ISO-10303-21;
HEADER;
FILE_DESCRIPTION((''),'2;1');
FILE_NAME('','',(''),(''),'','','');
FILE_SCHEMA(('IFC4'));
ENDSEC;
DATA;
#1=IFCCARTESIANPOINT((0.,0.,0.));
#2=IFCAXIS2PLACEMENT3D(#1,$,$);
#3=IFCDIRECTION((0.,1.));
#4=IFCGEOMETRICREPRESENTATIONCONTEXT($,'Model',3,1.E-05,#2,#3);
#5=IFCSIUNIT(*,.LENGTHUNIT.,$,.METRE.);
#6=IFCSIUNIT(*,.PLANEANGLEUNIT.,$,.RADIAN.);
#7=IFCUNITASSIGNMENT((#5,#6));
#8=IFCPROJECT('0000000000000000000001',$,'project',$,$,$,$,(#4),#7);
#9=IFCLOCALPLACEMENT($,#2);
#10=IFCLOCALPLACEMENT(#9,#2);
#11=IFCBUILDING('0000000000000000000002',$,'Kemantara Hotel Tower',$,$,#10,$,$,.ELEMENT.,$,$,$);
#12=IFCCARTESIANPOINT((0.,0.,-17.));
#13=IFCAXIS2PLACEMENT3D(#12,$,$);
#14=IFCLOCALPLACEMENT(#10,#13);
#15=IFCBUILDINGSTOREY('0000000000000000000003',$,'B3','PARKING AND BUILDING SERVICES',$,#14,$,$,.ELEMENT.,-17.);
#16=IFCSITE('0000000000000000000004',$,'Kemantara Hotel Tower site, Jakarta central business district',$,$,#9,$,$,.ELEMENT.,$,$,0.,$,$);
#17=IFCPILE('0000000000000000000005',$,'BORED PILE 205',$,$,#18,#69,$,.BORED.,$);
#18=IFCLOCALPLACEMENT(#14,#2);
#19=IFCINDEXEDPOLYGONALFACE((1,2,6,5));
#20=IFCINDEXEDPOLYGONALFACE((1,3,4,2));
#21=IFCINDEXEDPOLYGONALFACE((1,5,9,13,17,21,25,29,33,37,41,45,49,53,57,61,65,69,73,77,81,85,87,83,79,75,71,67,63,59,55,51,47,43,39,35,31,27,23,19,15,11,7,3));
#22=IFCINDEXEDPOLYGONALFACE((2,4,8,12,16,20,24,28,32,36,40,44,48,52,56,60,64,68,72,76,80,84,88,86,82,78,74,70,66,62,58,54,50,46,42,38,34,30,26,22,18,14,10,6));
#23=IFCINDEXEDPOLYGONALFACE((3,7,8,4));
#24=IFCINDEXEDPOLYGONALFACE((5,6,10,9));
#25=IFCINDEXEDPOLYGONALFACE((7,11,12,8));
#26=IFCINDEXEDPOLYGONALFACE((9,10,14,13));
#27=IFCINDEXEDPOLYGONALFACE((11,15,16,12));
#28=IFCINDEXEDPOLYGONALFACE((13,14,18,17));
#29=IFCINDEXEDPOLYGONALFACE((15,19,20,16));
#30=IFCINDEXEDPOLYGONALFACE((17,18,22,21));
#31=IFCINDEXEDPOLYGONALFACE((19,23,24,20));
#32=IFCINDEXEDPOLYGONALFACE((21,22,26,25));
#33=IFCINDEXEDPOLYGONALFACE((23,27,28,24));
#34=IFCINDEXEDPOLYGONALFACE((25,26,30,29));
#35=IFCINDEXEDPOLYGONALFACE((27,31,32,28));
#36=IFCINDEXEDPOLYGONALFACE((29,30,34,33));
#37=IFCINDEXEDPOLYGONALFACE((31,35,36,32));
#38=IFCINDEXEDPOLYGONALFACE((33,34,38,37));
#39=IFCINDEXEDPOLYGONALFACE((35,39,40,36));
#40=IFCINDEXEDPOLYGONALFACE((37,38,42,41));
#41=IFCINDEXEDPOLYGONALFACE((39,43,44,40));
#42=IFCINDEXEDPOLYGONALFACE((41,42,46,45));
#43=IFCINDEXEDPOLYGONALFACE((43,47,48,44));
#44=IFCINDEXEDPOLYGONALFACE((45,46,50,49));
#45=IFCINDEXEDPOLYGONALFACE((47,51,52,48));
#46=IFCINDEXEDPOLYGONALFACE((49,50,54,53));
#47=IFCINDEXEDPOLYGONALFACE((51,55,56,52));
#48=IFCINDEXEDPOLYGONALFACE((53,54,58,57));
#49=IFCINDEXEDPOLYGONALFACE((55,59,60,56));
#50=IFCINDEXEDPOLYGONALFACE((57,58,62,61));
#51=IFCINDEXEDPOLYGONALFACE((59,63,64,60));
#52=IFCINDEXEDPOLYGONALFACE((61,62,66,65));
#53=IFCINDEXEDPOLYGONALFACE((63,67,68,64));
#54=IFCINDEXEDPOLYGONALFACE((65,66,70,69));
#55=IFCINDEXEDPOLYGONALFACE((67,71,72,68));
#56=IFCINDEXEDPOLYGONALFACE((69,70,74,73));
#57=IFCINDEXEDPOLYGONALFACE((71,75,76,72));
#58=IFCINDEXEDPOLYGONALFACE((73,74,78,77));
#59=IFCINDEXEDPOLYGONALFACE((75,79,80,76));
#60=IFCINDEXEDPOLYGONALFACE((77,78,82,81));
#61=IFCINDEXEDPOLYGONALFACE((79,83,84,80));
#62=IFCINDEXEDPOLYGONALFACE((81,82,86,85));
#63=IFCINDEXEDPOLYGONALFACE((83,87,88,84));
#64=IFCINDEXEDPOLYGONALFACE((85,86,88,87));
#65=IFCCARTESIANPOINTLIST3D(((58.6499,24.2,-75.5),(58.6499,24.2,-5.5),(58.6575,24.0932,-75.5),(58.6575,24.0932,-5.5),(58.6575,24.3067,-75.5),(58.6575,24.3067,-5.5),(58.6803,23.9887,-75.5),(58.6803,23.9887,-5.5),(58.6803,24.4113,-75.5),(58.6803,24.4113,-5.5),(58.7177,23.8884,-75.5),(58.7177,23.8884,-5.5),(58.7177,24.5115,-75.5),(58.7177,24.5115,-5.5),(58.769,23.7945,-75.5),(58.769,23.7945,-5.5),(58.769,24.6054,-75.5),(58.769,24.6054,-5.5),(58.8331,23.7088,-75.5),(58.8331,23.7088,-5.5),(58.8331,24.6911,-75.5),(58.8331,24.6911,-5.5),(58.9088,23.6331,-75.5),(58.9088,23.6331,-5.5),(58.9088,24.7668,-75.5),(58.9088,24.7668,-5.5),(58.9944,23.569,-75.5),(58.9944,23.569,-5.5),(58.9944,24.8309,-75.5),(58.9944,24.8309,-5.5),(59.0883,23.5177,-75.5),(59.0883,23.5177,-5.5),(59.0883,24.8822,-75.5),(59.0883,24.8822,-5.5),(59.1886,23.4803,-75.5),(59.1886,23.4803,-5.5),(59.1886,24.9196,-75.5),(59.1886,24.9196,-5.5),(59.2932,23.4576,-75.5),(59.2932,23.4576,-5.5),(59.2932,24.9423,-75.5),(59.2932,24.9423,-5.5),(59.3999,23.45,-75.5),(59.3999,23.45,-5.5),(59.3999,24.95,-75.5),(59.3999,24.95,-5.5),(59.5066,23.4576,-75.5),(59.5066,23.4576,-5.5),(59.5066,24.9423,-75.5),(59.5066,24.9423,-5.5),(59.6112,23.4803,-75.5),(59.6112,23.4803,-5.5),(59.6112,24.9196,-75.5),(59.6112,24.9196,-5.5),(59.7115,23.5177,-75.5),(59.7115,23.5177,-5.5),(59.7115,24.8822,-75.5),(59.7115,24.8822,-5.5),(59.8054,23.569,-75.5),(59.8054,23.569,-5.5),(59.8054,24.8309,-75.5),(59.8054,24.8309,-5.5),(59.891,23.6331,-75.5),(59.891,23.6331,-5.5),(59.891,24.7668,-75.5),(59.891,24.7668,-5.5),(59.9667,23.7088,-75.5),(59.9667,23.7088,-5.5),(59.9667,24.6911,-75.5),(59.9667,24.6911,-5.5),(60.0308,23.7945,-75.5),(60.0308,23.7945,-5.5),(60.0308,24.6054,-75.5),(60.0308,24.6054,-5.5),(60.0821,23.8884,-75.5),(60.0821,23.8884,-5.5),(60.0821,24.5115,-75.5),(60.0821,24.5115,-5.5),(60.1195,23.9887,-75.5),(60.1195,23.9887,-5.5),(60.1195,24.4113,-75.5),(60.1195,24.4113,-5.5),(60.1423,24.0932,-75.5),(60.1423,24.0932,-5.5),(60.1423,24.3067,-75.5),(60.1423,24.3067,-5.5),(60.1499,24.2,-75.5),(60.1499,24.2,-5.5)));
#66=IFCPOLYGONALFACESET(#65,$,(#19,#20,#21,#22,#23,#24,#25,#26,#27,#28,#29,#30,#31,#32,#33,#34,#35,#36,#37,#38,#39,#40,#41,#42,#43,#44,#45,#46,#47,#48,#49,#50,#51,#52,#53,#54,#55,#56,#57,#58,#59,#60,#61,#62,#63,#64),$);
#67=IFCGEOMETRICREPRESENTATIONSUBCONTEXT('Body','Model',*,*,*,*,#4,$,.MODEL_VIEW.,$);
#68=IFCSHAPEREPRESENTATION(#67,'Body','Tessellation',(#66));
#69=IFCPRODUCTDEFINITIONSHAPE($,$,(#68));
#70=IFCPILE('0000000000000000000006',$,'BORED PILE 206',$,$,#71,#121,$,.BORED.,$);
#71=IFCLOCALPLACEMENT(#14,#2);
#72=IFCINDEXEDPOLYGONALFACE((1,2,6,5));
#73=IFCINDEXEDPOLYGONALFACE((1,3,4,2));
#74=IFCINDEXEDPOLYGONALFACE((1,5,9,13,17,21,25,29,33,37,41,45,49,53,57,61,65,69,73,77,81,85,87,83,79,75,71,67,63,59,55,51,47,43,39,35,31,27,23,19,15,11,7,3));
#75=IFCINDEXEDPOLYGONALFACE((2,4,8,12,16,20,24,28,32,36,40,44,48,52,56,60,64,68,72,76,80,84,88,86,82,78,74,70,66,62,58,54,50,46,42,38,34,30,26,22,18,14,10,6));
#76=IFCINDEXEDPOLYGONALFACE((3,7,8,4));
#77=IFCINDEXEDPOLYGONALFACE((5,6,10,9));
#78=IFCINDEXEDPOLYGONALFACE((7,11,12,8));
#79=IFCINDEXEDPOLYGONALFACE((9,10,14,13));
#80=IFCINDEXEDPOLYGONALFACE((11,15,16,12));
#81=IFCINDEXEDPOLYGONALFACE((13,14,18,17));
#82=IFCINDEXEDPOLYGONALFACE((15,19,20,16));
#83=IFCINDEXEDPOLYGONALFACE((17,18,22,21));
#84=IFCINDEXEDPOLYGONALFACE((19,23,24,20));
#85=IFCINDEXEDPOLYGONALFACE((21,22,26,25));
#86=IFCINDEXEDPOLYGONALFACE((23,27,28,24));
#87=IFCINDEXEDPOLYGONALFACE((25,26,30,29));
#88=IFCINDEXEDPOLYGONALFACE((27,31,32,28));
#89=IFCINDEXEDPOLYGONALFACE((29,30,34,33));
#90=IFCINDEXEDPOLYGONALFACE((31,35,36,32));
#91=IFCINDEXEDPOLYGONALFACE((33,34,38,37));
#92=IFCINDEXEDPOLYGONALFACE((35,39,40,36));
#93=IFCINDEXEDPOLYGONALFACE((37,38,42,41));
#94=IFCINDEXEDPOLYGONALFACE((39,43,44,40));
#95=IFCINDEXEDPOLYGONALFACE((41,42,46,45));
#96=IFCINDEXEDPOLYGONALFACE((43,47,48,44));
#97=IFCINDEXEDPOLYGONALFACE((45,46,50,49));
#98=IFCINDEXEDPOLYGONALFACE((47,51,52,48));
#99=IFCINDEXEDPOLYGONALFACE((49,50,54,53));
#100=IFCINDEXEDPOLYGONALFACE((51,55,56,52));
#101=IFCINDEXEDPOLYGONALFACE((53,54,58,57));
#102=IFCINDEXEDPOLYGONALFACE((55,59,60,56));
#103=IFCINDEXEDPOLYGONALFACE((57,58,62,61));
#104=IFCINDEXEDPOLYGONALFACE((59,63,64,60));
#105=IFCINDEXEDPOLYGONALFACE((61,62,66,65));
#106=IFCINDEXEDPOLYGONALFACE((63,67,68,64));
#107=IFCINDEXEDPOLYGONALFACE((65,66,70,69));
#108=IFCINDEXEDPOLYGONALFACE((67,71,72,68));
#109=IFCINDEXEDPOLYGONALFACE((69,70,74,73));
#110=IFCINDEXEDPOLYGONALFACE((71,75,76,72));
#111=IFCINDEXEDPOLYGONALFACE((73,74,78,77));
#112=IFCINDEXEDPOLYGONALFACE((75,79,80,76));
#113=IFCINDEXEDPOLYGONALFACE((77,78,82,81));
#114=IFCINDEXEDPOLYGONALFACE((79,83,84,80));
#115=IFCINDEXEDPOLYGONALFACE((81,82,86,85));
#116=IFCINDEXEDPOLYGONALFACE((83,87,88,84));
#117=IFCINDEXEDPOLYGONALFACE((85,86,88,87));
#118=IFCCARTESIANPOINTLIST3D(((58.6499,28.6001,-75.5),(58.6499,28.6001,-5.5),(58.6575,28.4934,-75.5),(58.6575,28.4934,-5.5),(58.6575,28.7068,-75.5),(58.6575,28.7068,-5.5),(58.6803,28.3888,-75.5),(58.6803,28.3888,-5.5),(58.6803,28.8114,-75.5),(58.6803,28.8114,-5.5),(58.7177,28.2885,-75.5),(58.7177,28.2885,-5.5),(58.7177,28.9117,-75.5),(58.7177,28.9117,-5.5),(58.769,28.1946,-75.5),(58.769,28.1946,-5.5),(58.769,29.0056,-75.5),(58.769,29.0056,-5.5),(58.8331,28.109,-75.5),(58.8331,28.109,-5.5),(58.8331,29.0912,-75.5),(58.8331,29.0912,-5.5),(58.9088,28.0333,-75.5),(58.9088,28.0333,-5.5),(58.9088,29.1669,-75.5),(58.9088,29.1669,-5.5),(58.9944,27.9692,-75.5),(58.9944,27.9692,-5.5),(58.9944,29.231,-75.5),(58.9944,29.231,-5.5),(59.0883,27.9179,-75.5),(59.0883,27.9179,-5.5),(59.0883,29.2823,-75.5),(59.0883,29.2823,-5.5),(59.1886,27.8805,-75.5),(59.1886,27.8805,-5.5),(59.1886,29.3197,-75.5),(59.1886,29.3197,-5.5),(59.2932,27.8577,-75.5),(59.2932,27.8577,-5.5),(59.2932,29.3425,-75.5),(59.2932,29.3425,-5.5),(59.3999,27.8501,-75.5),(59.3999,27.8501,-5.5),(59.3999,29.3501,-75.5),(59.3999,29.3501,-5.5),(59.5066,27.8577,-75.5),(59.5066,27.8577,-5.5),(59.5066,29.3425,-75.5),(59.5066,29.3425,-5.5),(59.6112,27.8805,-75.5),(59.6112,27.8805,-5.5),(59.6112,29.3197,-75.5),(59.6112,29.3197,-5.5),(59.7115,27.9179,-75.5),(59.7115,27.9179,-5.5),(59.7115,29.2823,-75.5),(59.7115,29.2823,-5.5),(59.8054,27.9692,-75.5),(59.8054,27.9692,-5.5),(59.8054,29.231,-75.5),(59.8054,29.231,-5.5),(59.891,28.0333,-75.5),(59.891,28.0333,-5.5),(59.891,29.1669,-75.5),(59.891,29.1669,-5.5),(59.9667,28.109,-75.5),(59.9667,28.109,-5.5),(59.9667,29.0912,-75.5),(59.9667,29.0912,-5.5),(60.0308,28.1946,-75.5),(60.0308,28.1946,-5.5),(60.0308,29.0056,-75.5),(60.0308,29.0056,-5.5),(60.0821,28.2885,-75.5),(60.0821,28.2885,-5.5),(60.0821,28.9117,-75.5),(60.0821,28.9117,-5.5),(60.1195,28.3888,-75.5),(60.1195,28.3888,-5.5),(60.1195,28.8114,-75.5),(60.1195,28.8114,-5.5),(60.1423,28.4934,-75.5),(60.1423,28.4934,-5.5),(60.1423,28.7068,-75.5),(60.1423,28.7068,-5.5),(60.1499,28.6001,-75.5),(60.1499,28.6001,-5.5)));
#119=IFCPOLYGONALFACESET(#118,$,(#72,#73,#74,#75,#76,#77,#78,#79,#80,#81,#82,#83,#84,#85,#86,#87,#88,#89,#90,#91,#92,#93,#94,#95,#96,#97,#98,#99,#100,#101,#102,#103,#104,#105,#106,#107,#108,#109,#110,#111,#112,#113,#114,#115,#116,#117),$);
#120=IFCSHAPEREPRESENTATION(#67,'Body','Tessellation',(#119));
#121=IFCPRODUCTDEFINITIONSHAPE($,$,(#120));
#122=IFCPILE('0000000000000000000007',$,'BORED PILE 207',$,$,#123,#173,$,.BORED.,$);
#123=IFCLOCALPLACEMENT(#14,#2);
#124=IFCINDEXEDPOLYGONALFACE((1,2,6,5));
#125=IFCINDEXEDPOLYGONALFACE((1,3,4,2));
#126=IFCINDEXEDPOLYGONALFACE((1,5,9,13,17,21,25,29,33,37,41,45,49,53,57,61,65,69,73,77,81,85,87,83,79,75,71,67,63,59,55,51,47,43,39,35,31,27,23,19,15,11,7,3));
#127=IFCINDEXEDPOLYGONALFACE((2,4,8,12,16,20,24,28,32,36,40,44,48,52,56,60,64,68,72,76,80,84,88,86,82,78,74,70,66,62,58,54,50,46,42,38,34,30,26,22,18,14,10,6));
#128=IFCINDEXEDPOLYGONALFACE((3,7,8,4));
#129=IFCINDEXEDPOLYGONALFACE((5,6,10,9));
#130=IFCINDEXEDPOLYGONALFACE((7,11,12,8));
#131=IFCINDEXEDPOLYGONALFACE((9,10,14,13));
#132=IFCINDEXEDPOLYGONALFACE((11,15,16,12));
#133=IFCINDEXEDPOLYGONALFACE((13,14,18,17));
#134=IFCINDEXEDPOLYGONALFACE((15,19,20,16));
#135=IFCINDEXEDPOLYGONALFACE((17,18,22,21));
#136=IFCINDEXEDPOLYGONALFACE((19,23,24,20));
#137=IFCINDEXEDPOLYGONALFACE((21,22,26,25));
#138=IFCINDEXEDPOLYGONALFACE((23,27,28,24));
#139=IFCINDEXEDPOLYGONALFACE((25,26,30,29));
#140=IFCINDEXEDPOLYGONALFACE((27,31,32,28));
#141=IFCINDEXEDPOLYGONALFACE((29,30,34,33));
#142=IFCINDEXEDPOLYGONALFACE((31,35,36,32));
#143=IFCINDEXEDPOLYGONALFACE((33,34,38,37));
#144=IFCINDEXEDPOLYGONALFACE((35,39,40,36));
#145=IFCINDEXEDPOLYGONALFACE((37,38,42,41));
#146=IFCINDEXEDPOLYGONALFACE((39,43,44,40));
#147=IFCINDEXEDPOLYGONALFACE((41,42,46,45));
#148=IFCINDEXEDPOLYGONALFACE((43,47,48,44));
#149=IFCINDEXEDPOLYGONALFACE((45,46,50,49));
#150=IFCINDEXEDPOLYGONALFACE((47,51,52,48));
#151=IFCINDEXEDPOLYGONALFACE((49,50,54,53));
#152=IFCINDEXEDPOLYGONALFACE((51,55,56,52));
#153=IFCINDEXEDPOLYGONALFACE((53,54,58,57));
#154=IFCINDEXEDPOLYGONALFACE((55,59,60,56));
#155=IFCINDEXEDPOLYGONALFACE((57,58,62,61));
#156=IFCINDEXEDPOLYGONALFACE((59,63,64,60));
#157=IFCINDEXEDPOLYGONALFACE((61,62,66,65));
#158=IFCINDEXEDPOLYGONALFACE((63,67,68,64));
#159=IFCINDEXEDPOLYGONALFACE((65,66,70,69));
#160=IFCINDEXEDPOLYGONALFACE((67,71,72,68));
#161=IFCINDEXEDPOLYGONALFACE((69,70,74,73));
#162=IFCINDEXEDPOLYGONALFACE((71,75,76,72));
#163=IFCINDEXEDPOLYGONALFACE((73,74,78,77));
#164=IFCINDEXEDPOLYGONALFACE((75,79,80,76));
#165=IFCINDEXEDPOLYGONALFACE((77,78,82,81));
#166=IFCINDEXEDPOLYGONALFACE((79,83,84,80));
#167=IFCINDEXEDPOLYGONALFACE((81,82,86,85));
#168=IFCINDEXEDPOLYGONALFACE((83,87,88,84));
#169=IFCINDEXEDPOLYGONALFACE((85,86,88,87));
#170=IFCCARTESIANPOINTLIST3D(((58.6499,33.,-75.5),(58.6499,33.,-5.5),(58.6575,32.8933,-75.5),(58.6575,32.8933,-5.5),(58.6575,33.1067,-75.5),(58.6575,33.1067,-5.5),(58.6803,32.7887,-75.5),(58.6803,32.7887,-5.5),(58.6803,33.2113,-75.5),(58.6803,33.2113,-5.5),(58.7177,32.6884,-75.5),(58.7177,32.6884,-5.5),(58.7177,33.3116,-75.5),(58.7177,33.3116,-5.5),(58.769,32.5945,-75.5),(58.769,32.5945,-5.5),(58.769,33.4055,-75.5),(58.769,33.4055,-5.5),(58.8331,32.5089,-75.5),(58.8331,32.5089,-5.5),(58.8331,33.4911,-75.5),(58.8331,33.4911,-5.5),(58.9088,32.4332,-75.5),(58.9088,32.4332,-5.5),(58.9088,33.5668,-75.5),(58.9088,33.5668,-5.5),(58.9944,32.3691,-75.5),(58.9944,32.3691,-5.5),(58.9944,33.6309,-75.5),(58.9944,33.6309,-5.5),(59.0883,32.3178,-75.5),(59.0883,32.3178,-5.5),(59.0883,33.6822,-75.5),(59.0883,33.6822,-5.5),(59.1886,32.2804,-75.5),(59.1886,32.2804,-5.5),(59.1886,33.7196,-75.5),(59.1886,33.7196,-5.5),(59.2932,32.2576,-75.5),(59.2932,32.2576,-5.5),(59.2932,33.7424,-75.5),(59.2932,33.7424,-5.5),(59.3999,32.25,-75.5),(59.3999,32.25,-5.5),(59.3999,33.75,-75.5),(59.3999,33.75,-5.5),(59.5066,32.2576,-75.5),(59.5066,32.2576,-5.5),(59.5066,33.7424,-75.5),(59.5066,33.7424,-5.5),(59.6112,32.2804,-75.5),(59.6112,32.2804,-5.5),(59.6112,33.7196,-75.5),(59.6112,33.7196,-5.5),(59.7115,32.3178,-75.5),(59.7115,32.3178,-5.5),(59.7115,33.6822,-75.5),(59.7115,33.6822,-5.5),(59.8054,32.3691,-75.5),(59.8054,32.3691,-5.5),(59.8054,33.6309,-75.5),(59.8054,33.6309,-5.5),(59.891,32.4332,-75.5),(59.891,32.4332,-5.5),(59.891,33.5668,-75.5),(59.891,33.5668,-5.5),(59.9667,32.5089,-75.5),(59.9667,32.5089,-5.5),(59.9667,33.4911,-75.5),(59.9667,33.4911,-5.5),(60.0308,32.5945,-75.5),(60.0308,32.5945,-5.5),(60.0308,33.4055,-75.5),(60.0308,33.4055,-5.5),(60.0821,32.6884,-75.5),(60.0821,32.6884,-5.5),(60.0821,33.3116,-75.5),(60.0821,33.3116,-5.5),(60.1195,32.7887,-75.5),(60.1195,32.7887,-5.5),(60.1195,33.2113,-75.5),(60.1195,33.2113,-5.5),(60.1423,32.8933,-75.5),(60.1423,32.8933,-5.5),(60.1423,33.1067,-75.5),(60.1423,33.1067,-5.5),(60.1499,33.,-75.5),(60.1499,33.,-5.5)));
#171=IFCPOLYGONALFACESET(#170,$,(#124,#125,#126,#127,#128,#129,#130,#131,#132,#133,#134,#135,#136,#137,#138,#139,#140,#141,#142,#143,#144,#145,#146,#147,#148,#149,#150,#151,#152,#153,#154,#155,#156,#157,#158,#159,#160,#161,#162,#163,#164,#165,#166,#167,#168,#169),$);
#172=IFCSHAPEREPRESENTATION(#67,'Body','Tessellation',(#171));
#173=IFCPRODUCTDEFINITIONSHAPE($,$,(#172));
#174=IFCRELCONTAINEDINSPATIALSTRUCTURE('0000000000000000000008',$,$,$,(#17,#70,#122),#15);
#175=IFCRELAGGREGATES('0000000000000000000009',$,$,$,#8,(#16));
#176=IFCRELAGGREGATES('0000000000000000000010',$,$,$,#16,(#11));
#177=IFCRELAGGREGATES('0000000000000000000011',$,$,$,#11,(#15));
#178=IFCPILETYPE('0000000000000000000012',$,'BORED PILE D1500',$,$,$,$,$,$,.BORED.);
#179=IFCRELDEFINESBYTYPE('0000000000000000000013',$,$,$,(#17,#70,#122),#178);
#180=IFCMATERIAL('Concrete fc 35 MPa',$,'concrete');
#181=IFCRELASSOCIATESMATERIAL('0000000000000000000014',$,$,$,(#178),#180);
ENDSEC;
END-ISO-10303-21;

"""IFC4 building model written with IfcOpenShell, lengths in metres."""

from ifc_helpers import new_model, si_unit, direction, frame, origin, origin_2d, place, context, subcontext, project, spatial, circle, extrude, material, material_profile, profile_set, type_object, element, save


model = new_model("IFC4")

# Units and contexts
model_context = context("Model", 3, precision=1e-05, world=origin(), true_north=direction((0.0, 1.0)))
body_context = subcontext(model_context, "Body", "Model", "MODEL_VIEW")
ifc_project = project(units=[si_unit("LENGTHUNIT", "METRE"), si_unit("PLANEANGLEUNIT", "RADIAN")], contexts=[model_context])

# Site, building, storey
site_placement = place(None, origin())
site = spatial("IfcSite", under=ifc_project, at=site_placement, Name="Kemantara Hotel Tower site, Jakarta central business district", CompositionType="ELEMENT", RefElevation=0.0)
building_placement = place(site_placement, origin())
building = spatial("IfcBuilding", under=site, at=building_placement, Name="Kemantara Hotel Tower", CompositionType="ELEMENT")
storey_placement = place(building_placement, frame((0.0, 0.0, -17.0)))
storey = spatial("IfcBuildingStorey", under=building, at=storey_placement, Name="B3", Description="PARKING AND BUILDING SERVICES", CompositionType="ELEMENT", Elevation=-17.0)

# Piles
ifc_material_1 = material(Name="Concrete fc 35 MPa", Category="concrete")
ifc_material_profile_1 = material_profile(ifc_material_1, circle(Radius=0.75, at=origin_2d()), Name="BORED PILE D1500")
ifc_profile_set_1 = profile_set([ifc_material_profile_1], Name="Concrete fc 35 MPa")
pile_type = type_object("IfcPileType", Name="BORED PILE D1500", PredefinedType="BORED", material=ifc_profile_set_1)
for number, where, z_axis, x_axis, name in (
    (1, (59.3999, 24.2, -5.5), (0.0, 0.0, -1.0), (1.0, 0.0, 0.0), "BORED PILE 205"),
    (2, (59.3999, 28.6001, -5.5), (0.0, 0.0, -1.0), (1.0, 0.0, 0.0), "BORED PILE 206"),
    (3, (59.3999, 33.0, -5.5), (0.0, 0.0, -1.0), (1.0, 0.0, 0.0), "BORED PILE 207"),
):
    element("IfcPile", number, at=place(storey_placement, frame(where, z_axis=z_axis, x_axis=x_axis)), inside=storey, type_object=pile_type, Name=name, PredefinedType="BORED", context=body_context, shape_type="SweptSolid", body=[
        extrude(circle(Radius=0.75, at=origin_2d()), origin(), (0.0, 0.0, 1.0), 70.0),
    ])

save(model, "model.ifc")
